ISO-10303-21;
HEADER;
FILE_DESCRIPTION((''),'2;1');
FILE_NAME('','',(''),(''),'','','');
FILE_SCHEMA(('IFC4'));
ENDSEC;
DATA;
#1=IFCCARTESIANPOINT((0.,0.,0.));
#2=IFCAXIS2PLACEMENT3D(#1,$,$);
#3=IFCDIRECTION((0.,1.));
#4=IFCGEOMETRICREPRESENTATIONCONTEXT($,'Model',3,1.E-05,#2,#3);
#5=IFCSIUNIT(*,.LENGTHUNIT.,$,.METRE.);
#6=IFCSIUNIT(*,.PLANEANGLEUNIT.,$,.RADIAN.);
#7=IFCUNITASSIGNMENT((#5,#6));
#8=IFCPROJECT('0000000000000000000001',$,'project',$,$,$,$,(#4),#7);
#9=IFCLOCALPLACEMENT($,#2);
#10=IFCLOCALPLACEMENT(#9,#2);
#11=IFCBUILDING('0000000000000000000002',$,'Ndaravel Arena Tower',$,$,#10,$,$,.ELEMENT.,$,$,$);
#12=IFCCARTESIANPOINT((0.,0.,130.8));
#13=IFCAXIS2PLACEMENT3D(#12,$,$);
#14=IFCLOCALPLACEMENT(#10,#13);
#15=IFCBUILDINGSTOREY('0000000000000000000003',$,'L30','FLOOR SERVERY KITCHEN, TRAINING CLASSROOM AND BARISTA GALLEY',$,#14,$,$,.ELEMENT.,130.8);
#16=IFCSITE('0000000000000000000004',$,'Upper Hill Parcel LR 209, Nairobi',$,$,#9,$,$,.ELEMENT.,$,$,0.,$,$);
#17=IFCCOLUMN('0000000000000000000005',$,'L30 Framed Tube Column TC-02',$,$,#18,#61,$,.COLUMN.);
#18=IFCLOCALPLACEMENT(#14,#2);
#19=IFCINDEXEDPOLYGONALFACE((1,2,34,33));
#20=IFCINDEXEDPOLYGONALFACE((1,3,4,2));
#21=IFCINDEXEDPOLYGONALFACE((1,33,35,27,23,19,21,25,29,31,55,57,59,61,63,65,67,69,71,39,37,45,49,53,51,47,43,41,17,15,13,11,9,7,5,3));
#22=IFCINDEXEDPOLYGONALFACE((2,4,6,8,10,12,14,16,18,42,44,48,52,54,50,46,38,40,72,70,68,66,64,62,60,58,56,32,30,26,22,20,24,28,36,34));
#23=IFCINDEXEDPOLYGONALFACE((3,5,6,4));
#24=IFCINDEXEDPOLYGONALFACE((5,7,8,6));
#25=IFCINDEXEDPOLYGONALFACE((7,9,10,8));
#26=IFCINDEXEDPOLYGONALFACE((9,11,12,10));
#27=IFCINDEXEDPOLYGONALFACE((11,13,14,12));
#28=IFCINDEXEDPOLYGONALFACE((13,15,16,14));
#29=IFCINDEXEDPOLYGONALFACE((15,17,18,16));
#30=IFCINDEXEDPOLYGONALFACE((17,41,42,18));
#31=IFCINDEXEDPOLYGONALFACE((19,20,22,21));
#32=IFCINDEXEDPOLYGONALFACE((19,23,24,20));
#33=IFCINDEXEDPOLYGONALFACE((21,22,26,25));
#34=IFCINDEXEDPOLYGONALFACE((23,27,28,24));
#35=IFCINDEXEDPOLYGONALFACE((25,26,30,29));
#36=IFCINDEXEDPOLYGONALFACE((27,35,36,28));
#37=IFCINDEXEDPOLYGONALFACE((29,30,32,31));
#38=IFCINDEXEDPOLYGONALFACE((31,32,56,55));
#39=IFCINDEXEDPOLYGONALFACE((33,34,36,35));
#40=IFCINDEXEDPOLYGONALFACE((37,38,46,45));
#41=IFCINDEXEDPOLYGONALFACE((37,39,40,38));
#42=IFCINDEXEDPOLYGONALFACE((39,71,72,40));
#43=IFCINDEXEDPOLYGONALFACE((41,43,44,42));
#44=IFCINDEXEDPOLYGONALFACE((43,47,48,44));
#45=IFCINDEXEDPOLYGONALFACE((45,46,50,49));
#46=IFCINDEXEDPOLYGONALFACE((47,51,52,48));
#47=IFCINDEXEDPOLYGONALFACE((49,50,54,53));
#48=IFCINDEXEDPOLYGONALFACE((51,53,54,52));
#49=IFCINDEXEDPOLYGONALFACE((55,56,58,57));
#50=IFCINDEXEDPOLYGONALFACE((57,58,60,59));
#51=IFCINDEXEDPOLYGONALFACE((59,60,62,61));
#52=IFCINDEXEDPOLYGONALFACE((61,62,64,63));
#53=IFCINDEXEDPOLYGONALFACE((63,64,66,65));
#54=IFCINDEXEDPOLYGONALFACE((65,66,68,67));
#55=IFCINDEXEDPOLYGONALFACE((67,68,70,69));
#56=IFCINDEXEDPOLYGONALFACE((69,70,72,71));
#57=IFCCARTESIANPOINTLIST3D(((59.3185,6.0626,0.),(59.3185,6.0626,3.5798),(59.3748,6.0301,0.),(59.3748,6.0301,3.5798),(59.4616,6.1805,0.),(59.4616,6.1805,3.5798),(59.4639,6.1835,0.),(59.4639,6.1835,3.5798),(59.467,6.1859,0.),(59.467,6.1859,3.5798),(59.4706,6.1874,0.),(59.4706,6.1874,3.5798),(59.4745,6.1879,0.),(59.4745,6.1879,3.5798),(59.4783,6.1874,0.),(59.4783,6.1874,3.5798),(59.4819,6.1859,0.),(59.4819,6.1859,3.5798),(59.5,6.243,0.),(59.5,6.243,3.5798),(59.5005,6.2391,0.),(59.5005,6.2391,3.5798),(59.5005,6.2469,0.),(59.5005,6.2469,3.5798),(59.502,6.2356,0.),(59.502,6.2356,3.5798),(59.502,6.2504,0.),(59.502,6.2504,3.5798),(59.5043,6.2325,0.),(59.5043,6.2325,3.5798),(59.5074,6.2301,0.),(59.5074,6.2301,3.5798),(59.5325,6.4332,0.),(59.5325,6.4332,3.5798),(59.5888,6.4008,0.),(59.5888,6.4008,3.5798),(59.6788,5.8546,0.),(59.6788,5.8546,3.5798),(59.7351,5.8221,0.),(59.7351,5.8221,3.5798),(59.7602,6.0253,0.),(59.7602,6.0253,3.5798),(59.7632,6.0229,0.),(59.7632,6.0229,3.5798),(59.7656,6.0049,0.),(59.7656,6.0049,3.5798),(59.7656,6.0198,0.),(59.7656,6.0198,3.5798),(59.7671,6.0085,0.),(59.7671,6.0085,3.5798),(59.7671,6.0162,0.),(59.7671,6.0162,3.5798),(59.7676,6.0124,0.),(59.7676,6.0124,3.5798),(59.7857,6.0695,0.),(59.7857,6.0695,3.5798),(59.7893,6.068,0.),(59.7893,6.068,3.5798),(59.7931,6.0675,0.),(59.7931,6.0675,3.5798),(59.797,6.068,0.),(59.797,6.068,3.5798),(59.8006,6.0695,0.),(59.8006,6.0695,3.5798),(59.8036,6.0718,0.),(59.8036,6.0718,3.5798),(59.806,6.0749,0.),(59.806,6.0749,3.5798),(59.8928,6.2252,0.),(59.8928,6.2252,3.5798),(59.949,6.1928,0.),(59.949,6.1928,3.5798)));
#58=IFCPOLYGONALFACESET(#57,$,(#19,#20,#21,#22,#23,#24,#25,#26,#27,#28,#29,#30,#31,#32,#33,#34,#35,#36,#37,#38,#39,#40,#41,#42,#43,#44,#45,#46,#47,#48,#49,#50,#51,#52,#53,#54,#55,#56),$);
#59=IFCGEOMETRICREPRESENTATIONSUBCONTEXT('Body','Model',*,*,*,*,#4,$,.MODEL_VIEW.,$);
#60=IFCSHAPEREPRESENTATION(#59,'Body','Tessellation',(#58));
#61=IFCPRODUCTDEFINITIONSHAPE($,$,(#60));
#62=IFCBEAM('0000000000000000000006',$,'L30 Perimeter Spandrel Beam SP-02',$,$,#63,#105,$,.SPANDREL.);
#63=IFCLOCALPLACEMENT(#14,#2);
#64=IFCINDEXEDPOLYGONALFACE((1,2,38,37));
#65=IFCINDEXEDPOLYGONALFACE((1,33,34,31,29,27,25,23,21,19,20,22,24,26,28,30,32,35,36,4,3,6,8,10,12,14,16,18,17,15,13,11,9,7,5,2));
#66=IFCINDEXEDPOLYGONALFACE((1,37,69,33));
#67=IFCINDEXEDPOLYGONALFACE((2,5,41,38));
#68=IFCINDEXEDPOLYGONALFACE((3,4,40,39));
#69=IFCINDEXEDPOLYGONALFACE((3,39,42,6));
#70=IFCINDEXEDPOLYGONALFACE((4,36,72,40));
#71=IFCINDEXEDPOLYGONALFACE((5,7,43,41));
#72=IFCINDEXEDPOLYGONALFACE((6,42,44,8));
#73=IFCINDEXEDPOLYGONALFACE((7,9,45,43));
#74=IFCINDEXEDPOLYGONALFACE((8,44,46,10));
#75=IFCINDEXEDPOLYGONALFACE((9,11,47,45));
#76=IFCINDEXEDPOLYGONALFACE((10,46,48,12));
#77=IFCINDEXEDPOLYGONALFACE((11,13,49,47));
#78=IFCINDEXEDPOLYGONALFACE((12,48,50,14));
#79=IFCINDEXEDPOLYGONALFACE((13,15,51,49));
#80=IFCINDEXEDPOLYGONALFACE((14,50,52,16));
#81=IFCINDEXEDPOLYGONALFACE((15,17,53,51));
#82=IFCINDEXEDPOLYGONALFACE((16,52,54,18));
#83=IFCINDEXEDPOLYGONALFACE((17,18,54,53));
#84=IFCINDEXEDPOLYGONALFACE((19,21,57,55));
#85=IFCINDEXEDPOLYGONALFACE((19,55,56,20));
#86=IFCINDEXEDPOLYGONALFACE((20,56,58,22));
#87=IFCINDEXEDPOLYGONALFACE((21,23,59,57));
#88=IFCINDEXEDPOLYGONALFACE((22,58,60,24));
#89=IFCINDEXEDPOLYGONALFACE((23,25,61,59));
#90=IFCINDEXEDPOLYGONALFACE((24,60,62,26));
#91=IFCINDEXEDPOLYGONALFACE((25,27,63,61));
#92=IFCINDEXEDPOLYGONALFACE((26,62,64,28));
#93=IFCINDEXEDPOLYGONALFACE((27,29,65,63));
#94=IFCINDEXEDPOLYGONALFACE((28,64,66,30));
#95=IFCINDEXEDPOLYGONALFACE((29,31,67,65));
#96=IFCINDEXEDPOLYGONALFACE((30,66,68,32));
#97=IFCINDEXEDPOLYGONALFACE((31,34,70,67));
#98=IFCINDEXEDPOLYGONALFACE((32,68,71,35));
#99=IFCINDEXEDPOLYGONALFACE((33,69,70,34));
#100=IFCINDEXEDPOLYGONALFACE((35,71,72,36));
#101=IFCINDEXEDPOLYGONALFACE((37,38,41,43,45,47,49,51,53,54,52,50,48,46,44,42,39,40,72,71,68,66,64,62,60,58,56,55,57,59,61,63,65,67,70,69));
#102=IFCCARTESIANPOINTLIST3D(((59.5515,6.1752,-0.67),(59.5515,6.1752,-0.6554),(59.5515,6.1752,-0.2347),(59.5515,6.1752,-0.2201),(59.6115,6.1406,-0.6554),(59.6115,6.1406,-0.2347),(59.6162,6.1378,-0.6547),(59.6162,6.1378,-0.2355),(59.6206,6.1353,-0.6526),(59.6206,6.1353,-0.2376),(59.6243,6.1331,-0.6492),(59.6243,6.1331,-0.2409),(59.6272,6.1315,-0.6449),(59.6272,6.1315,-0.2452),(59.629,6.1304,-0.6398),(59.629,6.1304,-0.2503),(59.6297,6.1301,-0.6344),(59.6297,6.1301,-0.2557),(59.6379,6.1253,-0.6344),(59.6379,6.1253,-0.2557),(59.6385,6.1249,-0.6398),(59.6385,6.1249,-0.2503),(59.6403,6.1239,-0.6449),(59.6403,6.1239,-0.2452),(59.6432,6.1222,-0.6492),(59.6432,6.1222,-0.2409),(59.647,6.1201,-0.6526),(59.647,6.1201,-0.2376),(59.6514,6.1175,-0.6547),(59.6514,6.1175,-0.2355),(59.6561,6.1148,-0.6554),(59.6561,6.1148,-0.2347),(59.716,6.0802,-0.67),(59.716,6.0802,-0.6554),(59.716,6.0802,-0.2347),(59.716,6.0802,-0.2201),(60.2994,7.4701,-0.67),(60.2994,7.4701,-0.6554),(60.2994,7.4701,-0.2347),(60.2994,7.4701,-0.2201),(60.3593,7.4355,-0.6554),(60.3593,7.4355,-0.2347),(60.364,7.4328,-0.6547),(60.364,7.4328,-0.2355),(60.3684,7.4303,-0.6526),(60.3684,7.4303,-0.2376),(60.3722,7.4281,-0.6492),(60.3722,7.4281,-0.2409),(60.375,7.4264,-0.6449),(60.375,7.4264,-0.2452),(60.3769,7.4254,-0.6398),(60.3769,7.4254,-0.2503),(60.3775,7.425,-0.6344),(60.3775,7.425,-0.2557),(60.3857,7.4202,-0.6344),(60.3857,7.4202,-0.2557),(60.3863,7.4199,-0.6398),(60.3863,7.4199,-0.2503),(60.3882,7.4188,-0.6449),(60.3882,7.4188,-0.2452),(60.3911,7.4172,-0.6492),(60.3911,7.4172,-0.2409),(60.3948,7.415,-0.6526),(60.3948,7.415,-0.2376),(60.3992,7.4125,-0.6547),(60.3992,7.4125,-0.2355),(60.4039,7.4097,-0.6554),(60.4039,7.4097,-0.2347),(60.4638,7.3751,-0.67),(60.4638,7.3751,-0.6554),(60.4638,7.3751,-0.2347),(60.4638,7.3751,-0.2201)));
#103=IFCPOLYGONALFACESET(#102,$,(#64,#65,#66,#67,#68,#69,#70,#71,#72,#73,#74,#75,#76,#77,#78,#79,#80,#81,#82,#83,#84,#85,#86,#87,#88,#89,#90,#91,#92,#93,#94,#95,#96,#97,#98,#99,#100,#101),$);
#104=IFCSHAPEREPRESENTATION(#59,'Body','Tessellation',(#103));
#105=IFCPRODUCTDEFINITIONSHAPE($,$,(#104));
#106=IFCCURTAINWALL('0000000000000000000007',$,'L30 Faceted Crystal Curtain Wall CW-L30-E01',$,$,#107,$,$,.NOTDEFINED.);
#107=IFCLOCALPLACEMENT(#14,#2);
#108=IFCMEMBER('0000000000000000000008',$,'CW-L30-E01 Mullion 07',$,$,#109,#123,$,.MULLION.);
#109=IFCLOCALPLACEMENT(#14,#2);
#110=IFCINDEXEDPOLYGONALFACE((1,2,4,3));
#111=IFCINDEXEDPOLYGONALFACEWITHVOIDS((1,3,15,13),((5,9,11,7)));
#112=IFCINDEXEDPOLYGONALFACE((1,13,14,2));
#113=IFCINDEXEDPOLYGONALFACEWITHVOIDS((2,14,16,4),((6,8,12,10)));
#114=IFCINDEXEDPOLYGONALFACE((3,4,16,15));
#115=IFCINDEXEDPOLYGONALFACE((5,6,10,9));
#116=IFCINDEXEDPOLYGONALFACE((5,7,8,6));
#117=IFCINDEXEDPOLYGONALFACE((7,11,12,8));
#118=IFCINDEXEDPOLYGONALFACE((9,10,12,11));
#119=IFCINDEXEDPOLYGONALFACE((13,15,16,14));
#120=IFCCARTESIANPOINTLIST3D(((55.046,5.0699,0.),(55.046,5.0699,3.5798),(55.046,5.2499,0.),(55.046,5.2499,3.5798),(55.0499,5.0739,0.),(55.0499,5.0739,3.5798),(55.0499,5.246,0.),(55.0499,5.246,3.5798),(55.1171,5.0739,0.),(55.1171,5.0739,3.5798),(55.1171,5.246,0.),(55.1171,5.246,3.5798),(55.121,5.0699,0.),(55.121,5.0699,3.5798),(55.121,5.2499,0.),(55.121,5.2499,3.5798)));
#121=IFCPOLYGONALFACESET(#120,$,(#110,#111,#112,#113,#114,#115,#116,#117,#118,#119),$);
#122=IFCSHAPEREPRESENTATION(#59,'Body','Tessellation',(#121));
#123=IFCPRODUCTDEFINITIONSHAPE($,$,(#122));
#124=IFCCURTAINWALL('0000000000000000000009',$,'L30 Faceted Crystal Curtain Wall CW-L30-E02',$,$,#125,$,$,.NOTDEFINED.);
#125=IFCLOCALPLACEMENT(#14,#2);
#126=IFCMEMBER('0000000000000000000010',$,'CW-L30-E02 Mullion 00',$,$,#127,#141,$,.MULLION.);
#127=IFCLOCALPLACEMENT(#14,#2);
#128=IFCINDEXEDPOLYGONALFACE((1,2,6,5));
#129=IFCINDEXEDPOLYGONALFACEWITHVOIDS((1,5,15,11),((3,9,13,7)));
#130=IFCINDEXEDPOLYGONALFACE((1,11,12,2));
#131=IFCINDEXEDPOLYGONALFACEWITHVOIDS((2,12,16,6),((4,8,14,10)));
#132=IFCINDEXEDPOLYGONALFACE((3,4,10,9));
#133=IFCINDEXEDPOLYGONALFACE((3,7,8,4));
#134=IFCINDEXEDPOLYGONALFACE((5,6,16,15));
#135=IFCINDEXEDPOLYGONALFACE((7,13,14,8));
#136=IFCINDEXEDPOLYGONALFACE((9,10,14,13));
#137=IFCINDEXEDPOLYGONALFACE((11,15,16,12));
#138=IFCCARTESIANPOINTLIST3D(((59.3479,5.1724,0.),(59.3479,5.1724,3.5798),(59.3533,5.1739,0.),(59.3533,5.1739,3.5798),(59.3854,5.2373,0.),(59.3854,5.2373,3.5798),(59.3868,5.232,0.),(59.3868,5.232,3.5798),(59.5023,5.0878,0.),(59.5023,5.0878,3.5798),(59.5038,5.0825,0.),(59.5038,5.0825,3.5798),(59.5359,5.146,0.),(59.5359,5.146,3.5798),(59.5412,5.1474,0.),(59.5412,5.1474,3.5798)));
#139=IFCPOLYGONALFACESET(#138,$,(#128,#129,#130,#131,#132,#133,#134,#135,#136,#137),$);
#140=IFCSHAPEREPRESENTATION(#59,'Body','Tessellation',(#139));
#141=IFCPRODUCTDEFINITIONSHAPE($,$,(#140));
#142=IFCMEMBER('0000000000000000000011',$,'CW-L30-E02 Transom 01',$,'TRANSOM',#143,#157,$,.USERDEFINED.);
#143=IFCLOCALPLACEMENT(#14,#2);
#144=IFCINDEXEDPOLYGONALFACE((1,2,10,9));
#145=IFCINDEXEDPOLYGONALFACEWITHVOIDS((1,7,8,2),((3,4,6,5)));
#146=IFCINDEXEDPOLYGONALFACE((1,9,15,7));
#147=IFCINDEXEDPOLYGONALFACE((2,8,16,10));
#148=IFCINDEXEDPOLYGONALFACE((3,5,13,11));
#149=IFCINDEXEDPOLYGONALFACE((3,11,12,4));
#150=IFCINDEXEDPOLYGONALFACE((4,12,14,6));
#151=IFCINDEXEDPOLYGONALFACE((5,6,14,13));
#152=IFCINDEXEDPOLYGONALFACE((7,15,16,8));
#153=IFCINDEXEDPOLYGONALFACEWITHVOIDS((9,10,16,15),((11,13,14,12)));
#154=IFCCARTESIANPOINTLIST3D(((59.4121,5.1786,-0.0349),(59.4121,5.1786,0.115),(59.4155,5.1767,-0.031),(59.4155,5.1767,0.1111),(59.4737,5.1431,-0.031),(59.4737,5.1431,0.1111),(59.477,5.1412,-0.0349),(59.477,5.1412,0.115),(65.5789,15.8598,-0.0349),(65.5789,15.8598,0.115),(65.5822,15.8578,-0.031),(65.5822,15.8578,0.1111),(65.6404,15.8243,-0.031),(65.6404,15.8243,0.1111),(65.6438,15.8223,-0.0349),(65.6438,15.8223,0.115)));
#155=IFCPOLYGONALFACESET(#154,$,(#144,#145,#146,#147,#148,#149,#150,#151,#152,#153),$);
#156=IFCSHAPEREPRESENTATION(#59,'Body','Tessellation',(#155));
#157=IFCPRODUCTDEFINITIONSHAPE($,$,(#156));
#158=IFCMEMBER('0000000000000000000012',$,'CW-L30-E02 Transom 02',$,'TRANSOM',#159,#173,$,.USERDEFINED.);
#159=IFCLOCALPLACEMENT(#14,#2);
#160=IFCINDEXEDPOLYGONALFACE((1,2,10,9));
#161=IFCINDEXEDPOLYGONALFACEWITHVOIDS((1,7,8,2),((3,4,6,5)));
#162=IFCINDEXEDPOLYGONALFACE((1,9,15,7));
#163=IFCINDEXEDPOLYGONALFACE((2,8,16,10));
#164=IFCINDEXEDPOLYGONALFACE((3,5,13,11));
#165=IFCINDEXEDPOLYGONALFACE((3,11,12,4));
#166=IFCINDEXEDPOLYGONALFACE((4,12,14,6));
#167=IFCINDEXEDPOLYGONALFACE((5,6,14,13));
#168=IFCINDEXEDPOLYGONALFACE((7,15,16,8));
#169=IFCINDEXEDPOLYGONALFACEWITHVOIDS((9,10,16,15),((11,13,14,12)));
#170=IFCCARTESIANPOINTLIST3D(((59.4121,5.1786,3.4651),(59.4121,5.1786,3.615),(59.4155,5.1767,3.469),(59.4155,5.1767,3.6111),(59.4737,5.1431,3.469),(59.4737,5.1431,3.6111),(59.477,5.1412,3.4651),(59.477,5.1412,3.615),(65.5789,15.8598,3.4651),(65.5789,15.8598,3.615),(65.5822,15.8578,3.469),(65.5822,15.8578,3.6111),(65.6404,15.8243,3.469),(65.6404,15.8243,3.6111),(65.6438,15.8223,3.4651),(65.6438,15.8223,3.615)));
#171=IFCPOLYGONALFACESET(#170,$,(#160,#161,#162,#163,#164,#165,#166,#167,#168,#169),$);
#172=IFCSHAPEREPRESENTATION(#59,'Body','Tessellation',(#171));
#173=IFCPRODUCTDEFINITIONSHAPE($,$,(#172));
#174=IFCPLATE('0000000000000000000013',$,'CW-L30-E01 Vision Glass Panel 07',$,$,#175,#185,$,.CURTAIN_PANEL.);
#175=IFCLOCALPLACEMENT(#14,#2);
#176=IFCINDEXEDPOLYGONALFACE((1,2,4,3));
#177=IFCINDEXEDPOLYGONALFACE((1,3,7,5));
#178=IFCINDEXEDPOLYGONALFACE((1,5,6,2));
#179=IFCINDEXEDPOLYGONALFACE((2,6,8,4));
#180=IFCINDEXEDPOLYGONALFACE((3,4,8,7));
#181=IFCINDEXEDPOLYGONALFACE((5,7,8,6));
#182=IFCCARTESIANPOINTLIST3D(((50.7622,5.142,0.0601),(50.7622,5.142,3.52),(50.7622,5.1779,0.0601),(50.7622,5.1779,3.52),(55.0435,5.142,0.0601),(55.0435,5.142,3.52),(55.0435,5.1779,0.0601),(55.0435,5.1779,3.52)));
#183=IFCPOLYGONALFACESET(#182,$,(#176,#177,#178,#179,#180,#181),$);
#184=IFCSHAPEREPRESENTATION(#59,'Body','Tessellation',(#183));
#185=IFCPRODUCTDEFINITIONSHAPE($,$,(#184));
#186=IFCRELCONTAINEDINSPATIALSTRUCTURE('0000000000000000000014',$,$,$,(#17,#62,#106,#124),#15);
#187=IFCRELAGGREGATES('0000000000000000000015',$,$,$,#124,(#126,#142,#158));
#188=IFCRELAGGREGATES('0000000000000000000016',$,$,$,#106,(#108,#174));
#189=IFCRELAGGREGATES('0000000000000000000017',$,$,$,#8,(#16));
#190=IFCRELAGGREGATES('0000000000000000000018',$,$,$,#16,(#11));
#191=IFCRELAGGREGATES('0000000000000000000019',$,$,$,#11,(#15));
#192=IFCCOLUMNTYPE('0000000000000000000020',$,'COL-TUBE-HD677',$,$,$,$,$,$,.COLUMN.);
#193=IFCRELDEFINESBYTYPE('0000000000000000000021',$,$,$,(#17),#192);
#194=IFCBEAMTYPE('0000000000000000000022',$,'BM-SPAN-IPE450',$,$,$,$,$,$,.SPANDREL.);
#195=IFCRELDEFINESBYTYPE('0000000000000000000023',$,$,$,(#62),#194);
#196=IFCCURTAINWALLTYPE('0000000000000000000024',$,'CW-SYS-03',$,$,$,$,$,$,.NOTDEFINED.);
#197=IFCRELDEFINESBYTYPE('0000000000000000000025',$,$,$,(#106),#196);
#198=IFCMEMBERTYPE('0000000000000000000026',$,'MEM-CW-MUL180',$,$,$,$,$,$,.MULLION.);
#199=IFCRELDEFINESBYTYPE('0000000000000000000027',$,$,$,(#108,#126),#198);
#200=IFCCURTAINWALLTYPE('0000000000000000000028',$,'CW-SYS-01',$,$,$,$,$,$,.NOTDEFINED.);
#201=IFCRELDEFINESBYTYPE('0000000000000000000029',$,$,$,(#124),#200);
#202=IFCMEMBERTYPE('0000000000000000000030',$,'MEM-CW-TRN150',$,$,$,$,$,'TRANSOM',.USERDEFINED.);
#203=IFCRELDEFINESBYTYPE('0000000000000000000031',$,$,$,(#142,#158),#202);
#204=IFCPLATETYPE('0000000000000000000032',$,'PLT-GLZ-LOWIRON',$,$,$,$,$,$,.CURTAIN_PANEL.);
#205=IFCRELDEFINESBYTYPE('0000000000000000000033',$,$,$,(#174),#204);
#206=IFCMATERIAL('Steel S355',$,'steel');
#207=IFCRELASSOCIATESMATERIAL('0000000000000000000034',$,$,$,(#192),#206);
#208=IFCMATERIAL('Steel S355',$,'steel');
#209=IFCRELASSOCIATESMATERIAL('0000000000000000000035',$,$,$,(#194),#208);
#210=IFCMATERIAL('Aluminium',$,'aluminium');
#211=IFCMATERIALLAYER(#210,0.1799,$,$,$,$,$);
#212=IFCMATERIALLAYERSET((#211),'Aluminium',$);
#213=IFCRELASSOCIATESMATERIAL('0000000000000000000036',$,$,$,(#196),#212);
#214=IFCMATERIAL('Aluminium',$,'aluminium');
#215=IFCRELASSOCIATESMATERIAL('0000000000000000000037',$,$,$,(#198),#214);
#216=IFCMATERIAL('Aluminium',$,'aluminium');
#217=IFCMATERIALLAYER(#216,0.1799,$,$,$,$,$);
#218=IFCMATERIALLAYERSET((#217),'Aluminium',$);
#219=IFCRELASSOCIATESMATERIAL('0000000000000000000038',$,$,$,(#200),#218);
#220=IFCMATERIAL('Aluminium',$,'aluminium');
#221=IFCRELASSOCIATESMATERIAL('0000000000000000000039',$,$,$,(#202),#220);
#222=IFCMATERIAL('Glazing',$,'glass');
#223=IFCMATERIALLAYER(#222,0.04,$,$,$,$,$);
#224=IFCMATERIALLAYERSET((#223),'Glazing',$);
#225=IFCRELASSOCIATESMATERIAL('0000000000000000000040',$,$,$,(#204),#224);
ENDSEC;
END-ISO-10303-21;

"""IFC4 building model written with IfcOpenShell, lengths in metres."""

from ifc_helpers import new_model, si_unit, direction, frame, origin, origin_2d, place, context, subcontext, project, spatial, rectangle, hollow_rectangle, i_section, extrude, material, layer, layer_set, material_profile, profile_set, type_object, element, aggregate, save


model = new_model("IFC4")

# Units and contexts
model_context = context("Model", 3, precision=1e-05, world=origin(), true_north=direction((0.0, 1.0)))
body_context = subcontext(model_context, "Body", "Model", "MODEL_VIEW")
ifc_project = project(units=[si_unit("LENGTHUNIT", "METRE"), si_unit("PLANEANGLEUNIT", "RADIAN")], contexts=[model_context])

# Site, building, storey
site_placement = place(None, origin())
site = spatial("IfcSite", under=ifc_project, at=site_placement, Name="Upper Hill Parcel LR 209, Nairobi", CompositionType="ELEMENT", RefElevation=0.0)
building_placement = place(site_placement, origin())
building = spatial("IfcBuilding", under=site, at=building_placement, Name="Ndaravel Arena Tower", CompositionType="ELEMENT")
storey_placement = place(building_placement, frame((0.0, 0.0, 130.8)))
storey = spatial("IfcBuildingStorey", under=building, at=storey_placement, Name="L30", Description="FLOOR SERVERY KITCHEN, TRAINING CLASSROOM AND BARISTA GALLEY", CompositionType="ELEMENT", Elevation=130.8)

# Column
ifc_material_1 = material(Name="Steel S355", Category="steel")
ifc_material_profile_1 = material_profile(ifc_material_1, i_section(OverallWidth=0.428, OverallDepth=0.481, WebThickness=0.051, FlangeThickness=0.0649, FilletRadius=0.0149, at=origin_2d()), Name="HD 400x677")
ifc_profile_set_1 = profile_set([ifc_material_profile_1], Name="Steel S355")
column_type = type_object("IfcColumnType", Name="COL-TUBE-HD677", PredefinedType="COLUMN", material=ifc_profile_set_1)
column_placement = place(storey_placement, frame((59.6338, 6.1277, 0.0), z_axis=(0.0, 0.0, 1.0), x_axis=(0.5, 0.866025, 0.0)))
element("IfcColumn", 1, at=column_placement, inside=storey, type_object=column_type, Name="L30 Framed Tube Column TC-02", PredefinedType="COLUMN", context=body_context, shape_type="SweptSolid", body=[
    extrude(i_section(OverallWidth=0.428, OverallDepth=0.481, WebThickness=0.051, FlangeThickness=0.0649, FilletRadius=0.0149, at=origin_2d()), origin(), (0.0, 0.0, 1.0), 3.5798),
])

# Beam
ifc_material_2 = material(Name="Steel S355", Category="steel")
ifc_material_profile_2 = material_profile(ifc_material_2, i_section(OverallWidth=0.1899, OverallDepth=0.45, WebThickness=0.0095, FlangeThickness=0.0146, FilletRadius=0.021, at=origin_2d()), Name="IPE 450")
ifc_profile_set_2 = profile_set([ifc_material_profile_2], Name="Steel S355")
beam_type = type_object("IfcBeamType", Name="BM-SPAN-IPE450", PredefinedType="SPANDREL", material=ifc_profile_set_2)
beam_placement = place(storey_placement, frame((59.6338, 6.1277, -0.4451), z_axis=(0.50009, 0.865973, 0.0), x_axis=(-0.865973, 0.50009, 0.0)))
element("IfcBeam", 2, at=beam_placement, inside=storey, type_object=beam_type, Name="L30 Perimeter Spandrel Beam SP-02", PredefinedType="SPANDREL", context=body_context, shape_type="SweptSolid", body=[
    extrude(i_section(OverallWidth=0.1899, OverallDepth=0.45, WebThickness=0.0095, FlangeThickness=0.0146, FilletRadius=0.021, at=origin_2d()), origin(), (0.0, 0.0, 1.0), 1.4954),
])

# Curtain wall, member
ifc_material_3 = material(Name="Aluminium", Category="aluminium")
ifc_layer_1 = layer(ifc_material_3, 0.1799)
ifc_layer_set_1 = layer_set([ifc_layer_1], Name="Aluminium")
curtain_wall_type_1 = type_object("IfcCurtainWallType", Name="CW-SYS-03", PredefinedType="NOTDEFINED", material=ifc_layer_set_1)
curtain_wall_1_placement = place(storey_placement, origin())
curtain_wall_1 = element("IfcCurtainWall", 3, at=curtain_wall_1_placement, inside=storey, type_object=curtain_wall_type_1, Name="L30 Faceted Crystal Curtain Wall CW-L30-E01", PredefinedType="NOTDEFINED")
ifc_material_4 = material(Name="Aluminium", Category="aluminium")
ifc_material_profile_3 = material_profile(ifc_material_4, hollow_rectangle(XDim=0.075, YDim=0.1799, WallThickness=0.0039, at=origin_2d()), Name="CW MULLION 75x180x4")
ifc_profile_set_3 = profile_set([ifc_material_profile_3], Name="Aluminium")
member_type_1 = type_object("IfcMemberType", Name="MEM-CW-MUL180", PredefinedType="MULLION", material=ifc_profile_set_3)
member_1_placement = place(storey_placement, frame((55.0835, 5.1599, 0.0), z_axis=(0.0, 0.0, 1.0), x_axis=(1.0, 0.0, 0.0)))
member_1 = element("IfcMember", 4, at=member_1_placement, type_object=member_type_1, Name="CW-L30-E01 Mullion 07", PredefinedType="MULLION", context=body_context, shape_type="SweptSolid", body=[
    extrude(hollow_rectangle(XDim=0.075, YDim=0.1799, WallThickness=0.0039, at=origin_2d()), origin(), (0.0, 0.0, 1.0), 3.5798),
])

# Curtain wall, members
ifc_material_5 = material(Name="Aluminium", Category="aluminium")
ifc_layer_2 = layer(ifc_material_5, 0.1799)
ifc_layer_set_2 = layer_set([ifc_layer_2], Name="Aluminium")
curtain_wall_type_2 = type_object("IfcCurtainWallType", Name="CW-SYS-01", PredefinedType="NOTDEFINED", material=ifc_layer_set_2)
curtain_wall_2_placement = place(storey_placement, origin())
curtain_wall_2 = element("IfcCurtainWall", 5, at=curtain_wall_2_placement, inside=storey, type_object=curtain_wall_type_2, Name="L30 Faceted Crystal Curtain Wall CW-L30-E02", PredefinedType="NOTDEFINED")
member_2_placement = place(storey_placement, frame((59.4446, 5.1599, 0.0), z_axis=(0.0, 0.0, 1.0), x_axis=(0.5, 0.866025, 0.0)))
member_2 = element("IfcMember", 6, at=member_2_placement, type_object=member_type_1, Name="CW-L30-E02 Mullion 00", PredefinedType="MULLION", context=body_context, shape_type="SweptSolid", body=[
    extrude(hollow_rectangle(XDim=0.075, YDim=0.1799, WallThickness=0.0039, at=origin_2d()), origin(), (0.0, 0.0, 1.0), 3.5798),
])
ifc_material_6 = material(Name="Aluminium", Category="aluminium")
ifc_material_profile_4 = material_profile(ifc_material_6, hollow_rectangle(XDim=0.075, YDim=0.1499, WallThickness=0.0039, at=origin_2d()), Name="CW TRANSOM 75x150x4")
ifc_profile_set_4 = profile_set([ifc_material_profile_4], Name="Aluminium")
member_type_2 = type_object("IfcMemberType", Name="MEM-CW-TRN150", ElementType="TRANSOM", PredefinedType="USERDEFINED", material=ifc_profile_set_4)
member_3_placement = place(storey_placement, frame((59.4446, 5.1599, 0.04), z_axis=(0.499999, 0.866026, 0.0), x_axis=(-0.866026, 0.499999, 0.0)))
member_3 = element("IfcMember", 7, at=member_3_placement, type_object=member_type_2, Name="CW-L30-E02 Transom 01", ObjectType="TRANSOM", PredefinedType="USERDEFINED", context=body_context, shape_type="SweptSolid", body=[
    extrude(hollow_rectangle(XDim=0.075, YDim=0.1499, WallThickness=0.0039, at=origin_2d()), origin(), (0.0, 0.0, 1.0), 12.3335),
])
member_4_placement = place(storey_placement, frame((59.4446, 5.1599, 3.54), z_axis=(0.499999, 0.866026, 0.0), x_axis=(-0.866026, 0.499999, 0.0)))
member_4 = element("IfcMember", 8, at=member_4_placement, type_object=member_type_2, Name="CW-L30-E02 Transom 02", ObjectType="TRANSOM", PredefinedType="USERDEFINED", context=body_context, shape_type="SweptSolid", body=[
    extrude(hollow_rectangle(XDim=0.075, YDim=0.1499, WallThickness=0.0039, at=origin_2d()), origin(), (0.0, 0.0, 1.0), 12.3335),
])
aggregate(curtain_wall_2, [member_2, member_3, member_4])

# Plate
ifc_material_7 = material(Name="Glazing", Category="glass")
ifc_layer_3 = layer(ifc_material_7, 0.04)
ifc_layer_set_3 = layer_set([ifc_layer_3], Name="Glazing")
plate_type = type_object("IfcPlateType", Name="PLT-GLZ-LOWIRON", PredefinedType="CURTAIN_PANEL", material=ifc_layer_set_3)
plate_1_placement = place(storey_placement, frame((52.9028, 5.1599, 0.0601), z_axis=(0.0, 0.0, 1.0), x_axis=(1.0, 0.0, 0.0)))
plate_1 = element("IfcPlate", 9, at=plate_1_placement, type_object=plate_type, Name="CW-L30-E01 Vision Glass Panel 07", PredefinedType="CURTAIN_PANEL", context=body_context, shape_type="SweptSolid", body=[
    extrude(rectangle(XDim=4.2812, YDim=0.0359, at=origin_2d()), origin(), (0.0, 0.0, 1.0), 3.46),
])
aggregate(curtain_wall_1, [member_1, plate_1])

save(model, "model.ifc")
